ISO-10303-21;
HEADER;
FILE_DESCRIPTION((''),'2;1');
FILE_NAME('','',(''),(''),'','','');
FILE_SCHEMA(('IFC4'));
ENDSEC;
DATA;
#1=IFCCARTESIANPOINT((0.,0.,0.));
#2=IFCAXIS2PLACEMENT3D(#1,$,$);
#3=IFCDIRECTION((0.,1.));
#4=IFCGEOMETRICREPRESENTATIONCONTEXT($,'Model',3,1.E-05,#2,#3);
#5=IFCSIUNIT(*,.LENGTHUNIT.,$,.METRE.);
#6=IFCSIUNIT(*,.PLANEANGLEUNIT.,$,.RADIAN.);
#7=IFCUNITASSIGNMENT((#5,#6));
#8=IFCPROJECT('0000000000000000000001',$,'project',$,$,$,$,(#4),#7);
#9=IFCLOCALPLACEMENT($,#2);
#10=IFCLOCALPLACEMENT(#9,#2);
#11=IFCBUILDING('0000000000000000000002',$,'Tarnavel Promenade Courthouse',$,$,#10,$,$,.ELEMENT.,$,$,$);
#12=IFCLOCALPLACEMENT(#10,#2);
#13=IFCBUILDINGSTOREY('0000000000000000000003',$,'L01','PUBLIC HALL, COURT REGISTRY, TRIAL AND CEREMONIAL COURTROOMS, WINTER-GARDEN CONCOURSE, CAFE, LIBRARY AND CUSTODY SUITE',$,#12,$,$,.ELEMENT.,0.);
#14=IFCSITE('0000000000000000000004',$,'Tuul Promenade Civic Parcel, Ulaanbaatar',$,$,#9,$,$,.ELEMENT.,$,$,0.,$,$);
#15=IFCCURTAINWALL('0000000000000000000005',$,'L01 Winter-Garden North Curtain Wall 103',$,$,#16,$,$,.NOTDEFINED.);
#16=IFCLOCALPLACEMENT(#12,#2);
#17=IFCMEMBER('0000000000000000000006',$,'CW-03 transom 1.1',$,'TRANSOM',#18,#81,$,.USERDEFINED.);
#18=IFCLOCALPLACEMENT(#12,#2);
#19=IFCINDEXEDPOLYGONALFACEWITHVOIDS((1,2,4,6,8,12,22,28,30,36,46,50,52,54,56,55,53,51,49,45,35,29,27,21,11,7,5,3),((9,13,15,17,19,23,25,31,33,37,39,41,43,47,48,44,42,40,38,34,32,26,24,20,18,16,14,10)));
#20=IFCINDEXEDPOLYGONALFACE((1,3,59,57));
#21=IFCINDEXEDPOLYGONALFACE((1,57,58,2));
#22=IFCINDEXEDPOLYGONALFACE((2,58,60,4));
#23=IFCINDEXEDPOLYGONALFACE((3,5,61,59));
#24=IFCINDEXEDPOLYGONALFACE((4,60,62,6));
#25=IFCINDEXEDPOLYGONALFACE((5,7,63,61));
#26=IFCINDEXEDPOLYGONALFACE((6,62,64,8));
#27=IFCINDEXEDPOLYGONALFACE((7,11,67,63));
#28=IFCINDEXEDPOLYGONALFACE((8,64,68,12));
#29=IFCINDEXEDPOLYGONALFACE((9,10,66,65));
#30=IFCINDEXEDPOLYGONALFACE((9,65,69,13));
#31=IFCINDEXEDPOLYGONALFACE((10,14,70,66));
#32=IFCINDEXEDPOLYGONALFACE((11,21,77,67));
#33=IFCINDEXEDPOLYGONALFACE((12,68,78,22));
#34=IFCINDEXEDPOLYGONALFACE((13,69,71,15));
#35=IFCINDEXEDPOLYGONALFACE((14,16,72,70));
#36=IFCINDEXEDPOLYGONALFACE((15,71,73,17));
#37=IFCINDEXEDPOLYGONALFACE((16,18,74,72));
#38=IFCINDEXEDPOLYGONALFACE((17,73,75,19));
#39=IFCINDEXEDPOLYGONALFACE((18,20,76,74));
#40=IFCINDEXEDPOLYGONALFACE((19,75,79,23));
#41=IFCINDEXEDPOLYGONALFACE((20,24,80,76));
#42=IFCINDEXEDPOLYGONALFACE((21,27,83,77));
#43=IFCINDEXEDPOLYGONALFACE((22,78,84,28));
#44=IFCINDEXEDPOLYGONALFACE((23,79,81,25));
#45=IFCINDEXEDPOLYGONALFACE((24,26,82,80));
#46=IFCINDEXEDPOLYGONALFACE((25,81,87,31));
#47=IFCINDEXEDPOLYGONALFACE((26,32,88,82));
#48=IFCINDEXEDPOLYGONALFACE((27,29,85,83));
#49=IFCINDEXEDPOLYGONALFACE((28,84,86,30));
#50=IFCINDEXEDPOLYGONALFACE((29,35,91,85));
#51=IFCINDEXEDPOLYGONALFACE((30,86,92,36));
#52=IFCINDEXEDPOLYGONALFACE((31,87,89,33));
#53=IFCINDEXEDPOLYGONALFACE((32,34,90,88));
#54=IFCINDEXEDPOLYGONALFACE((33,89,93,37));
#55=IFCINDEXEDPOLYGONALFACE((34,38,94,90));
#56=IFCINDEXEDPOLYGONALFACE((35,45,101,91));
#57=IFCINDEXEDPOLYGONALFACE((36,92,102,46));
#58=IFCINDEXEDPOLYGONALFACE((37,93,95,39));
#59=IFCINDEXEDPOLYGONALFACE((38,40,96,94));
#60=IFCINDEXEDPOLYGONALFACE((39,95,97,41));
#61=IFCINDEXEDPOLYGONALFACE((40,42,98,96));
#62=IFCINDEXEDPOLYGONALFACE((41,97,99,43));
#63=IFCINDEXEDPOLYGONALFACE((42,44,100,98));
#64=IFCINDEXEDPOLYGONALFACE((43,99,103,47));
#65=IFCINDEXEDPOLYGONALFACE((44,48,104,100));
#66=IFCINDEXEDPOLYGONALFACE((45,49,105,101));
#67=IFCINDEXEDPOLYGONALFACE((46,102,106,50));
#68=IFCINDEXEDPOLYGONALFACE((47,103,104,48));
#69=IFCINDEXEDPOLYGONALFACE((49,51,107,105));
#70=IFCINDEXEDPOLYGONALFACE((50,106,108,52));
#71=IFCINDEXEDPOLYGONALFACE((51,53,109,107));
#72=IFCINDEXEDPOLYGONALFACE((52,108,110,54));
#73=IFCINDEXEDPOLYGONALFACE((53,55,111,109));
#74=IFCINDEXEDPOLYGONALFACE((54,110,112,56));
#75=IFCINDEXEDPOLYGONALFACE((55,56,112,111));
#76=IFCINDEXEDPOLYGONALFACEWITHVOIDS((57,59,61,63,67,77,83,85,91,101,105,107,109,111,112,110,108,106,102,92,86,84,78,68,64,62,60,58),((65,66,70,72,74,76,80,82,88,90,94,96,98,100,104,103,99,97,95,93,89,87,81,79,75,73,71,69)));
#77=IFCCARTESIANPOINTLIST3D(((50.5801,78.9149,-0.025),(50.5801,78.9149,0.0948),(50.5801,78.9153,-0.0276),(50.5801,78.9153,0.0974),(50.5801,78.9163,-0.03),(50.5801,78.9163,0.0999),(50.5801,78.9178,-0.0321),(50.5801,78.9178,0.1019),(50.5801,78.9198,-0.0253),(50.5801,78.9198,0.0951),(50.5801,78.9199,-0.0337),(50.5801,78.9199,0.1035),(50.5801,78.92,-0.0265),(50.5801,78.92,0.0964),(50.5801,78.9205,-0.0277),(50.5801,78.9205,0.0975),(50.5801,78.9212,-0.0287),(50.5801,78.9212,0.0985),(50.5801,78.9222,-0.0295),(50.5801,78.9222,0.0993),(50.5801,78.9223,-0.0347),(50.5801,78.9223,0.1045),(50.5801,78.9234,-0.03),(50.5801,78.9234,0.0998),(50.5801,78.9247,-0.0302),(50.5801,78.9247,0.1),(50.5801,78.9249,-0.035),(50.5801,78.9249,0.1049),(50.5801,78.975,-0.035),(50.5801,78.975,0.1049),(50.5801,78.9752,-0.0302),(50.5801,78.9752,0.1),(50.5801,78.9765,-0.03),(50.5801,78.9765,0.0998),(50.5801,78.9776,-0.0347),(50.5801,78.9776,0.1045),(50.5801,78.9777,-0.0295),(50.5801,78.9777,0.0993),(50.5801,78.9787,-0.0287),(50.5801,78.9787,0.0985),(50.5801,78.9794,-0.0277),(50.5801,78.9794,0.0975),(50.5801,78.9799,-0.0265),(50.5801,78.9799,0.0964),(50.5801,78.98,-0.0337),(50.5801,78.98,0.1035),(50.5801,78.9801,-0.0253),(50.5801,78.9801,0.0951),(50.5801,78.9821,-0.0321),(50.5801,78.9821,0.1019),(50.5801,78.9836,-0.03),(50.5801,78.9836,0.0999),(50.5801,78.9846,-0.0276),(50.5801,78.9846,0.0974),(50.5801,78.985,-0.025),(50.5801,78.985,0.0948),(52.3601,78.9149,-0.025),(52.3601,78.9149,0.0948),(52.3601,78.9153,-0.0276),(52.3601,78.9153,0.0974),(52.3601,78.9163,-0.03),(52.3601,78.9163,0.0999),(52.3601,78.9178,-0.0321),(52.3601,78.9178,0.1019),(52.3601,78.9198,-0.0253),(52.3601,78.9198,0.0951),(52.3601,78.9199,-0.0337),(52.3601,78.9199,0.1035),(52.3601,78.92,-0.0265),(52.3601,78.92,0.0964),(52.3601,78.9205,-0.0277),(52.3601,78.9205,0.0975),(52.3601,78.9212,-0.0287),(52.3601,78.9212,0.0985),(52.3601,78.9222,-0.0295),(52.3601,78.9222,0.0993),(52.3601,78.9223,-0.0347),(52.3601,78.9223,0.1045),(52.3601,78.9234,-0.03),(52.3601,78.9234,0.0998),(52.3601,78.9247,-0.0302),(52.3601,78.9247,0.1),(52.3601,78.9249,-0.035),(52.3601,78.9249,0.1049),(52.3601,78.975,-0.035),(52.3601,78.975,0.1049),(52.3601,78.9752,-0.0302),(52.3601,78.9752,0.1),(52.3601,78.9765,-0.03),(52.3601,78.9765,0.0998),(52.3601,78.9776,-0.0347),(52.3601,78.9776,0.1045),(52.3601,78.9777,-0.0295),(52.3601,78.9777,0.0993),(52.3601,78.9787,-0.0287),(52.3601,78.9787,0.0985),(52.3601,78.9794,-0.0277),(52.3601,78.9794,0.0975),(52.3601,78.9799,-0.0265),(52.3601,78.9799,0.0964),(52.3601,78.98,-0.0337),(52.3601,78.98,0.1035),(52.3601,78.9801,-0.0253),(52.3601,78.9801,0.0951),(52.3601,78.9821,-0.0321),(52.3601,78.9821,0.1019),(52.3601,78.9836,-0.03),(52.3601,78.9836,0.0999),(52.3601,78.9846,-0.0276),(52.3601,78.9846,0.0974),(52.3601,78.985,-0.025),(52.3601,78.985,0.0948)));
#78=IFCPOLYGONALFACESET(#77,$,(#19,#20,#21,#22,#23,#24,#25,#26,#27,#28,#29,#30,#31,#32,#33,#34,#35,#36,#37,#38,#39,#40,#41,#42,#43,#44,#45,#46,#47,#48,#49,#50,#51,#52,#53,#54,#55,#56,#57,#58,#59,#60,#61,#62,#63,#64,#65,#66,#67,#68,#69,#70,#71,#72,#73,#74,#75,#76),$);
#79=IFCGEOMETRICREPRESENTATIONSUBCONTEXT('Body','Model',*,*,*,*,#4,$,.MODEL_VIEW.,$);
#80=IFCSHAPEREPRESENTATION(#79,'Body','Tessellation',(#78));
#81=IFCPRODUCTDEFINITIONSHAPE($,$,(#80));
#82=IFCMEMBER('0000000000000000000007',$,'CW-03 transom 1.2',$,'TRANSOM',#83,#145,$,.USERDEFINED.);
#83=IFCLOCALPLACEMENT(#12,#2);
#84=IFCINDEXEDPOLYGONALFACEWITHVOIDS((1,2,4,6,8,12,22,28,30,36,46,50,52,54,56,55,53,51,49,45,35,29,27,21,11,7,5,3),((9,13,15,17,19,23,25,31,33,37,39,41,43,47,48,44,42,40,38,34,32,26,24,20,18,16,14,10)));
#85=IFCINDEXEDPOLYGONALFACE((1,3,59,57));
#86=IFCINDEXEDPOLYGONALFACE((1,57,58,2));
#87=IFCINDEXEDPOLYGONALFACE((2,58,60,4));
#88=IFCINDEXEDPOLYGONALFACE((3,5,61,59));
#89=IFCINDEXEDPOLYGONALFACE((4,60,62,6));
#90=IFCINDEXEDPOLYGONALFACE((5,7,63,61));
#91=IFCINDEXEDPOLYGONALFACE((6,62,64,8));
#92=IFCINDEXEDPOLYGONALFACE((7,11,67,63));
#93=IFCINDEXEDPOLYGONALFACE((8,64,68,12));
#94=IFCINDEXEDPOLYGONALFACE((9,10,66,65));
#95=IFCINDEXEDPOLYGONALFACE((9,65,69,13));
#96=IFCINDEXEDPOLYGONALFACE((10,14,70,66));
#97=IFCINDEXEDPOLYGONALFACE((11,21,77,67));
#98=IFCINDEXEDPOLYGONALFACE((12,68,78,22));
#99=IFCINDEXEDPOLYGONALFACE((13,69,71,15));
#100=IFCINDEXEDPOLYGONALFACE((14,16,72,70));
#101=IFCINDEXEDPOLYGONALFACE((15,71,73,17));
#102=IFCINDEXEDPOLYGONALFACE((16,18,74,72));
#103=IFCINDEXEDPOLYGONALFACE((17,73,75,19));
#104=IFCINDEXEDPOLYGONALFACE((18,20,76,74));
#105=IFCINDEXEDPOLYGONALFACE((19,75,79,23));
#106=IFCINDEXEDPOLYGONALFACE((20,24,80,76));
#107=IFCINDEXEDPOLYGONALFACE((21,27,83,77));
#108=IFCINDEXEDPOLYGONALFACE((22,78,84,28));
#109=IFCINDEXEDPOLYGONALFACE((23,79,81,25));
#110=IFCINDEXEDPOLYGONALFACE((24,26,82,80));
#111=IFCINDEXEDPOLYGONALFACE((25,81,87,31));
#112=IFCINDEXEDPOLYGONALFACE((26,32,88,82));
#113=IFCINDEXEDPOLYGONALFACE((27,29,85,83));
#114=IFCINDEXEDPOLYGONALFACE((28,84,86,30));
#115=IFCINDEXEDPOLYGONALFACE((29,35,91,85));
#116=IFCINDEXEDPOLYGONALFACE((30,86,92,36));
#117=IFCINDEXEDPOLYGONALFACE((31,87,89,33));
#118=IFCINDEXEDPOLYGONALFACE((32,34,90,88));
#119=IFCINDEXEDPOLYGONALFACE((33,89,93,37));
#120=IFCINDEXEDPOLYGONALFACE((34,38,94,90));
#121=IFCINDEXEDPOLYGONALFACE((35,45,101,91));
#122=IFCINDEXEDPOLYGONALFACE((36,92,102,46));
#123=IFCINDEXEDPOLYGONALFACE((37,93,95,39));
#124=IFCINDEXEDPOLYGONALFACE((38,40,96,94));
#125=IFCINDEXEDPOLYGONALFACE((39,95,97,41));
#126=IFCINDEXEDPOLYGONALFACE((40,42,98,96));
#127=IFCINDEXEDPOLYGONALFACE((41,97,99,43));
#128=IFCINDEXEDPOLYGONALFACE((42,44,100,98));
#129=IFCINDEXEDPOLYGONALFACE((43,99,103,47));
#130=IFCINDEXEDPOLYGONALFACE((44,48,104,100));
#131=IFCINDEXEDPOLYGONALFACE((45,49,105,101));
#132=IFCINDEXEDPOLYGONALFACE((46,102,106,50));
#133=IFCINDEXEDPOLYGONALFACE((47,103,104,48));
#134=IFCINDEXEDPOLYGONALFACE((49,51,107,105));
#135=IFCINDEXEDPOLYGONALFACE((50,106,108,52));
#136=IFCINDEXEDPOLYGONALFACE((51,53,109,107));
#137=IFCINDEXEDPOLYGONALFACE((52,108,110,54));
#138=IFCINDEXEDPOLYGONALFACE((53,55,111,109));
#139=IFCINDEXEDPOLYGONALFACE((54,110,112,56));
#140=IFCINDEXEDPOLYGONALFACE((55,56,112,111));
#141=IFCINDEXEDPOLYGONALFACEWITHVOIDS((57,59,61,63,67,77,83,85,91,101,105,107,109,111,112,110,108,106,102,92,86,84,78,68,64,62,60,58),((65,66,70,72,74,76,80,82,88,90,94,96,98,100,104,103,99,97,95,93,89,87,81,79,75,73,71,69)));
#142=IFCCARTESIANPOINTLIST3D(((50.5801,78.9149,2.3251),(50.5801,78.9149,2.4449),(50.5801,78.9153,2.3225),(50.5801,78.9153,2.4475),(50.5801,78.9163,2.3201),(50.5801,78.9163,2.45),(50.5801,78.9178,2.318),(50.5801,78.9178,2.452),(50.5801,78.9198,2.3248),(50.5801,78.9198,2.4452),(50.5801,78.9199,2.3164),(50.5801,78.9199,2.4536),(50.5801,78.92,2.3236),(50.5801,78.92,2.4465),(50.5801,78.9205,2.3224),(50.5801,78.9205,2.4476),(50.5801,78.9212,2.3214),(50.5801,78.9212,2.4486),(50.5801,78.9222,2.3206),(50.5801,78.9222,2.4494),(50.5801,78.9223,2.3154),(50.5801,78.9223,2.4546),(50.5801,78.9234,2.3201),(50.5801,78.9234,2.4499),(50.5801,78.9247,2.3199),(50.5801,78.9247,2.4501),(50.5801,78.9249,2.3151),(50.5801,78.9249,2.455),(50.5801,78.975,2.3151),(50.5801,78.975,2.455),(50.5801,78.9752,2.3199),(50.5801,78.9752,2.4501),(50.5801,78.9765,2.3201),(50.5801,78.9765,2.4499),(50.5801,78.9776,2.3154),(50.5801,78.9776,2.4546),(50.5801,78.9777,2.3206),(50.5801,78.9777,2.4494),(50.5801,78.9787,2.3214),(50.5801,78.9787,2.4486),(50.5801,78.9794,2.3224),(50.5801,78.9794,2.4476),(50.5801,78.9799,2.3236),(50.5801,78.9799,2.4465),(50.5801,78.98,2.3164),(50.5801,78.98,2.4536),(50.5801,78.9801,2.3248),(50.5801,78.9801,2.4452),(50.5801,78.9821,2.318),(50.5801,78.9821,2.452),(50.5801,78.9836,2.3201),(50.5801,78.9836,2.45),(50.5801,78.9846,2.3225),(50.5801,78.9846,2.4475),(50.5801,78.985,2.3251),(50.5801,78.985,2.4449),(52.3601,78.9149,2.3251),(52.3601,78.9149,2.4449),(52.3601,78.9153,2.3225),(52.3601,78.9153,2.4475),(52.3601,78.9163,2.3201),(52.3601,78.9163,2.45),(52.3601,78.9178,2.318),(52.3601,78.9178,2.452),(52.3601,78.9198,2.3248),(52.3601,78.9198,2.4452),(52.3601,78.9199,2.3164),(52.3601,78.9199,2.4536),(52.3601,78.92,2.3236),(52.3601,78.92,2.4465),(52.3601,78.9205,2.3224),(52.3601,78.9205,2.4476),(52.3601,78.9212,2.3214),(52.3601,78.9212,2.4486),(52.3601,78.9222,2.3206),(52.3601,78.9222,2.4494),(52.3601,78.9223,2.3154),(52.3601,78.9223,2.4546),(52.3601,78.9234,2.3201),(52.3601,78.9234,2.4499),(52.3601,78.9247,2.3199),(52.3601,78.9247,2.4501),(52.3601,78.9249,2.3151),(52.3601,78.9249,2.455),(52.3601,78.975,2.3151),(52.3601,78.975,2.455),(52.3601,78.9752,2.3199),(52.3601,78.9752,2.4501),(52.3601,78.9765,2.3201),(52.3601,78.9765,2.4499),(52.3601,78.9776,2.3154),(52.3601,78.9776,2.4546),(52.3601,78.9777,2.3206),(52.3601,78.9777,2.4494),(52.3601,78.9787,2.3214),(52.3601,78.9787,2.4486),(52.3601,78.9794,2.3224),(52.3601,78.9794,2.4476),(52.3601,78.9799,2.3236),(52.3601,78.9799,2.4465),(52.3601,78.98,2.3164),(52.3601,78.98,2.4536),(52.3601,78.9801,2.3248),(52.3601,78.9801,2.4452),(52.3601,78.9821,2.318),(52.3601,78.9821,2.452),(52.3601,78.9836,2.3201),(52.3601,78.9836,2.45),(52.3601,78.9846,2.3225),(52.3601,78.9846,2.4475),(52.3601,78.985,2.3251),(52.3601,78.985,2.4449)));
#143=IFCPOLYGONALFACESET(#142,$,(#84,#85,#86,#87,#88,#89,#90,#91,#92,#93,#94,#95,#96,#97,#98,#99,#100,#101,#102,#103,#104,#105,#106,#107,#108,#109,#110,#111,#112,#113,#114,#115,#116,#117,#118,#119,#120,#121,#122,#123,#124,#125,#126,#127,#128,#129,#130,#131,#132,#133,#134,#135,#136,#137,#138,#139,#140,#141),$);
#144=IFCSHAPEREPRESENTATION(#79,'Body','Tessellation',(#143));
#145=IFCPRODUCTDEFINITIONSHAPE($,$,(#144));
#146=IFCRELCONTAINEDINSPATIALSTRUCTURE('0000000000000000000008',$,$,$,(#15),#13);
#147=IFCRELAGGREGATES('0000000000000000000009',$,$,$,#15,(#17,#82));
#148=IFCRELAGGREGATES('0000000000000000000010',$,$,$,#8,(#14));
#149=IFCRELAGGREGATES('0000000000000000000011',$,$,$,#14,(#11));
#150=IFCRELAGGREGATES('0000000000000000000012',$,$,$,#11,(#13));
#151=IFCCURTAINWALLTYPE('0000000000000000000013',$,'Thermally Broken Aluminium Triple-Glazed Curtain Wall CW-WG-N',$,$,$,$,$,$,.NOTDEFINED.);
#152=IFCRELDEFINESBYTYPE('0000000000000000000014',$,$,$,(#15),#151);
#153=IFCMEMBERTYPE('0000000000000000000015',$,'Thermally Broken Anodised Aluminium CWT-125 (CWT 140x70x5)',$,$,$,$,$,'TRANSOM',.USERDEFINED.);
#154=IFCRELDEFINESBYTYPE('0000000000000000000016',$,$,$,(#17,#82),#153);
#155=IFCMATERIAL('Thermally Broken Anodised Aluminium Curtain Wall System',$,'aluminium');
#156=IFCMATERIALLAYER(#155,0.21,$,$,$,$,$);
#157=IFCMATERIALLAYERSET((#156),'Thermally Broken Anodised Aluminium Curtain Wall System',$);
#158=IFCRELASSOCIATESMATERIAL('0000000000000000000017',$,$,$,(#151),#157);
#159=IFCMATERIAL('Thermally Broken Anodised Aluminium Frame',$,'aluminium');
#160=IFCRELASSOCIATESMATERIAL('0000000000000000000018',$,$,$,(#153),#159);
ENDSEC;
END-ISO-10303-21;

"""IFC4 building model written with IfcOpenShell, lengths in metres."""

from ifc_helpers import new_model, si_unit, direction, frame, origin, origin_2d, place, context, subcontext, project, spatial, hollow_rectangle, extrude, material, layer, layer_set, material_profile, profile_set, type_object, element, aggregate, save


model = new_model("IFC4")

# Units and contexts
model_context = context("Model", 3, precision=1e-05, world=origin(), true_north=direction((0.0, 1.0)))
body_context = subcontext(model_context, "Body", "Model", "MODEL_VIEW")
ifc_project = project(units=[si_unit("LENGTHUNIT", "METRE"), si_unit("PLANEANGLEUNIT", "RADIAN")], contexts=[model_context])

# Site, building, storey
site_placement = place(None, origin())
site = spatial("IfcSite", under=ifc_project, at=site_placement, Name="Tuul Promenade Civic Parcel, Ulaanbaatar", CompositionType="ELEMENT", RefElevation=0.0)
building_placement = place(site_placement, origin())
building = spatial("IfcBuilding", under=site, at=building_placement, Name="Tarnavel Promenade Courthouse", CompositionType="ELEMENT")
storey_placement = place(building_placement, origin())
storey = spatial("IfcBuildingStorey", under=building, at=storey_placement, Name="L01", Description="PUBLIC HALL, COURT REGISTRY, TRIAL AND CEREMONIAL COURTROOMS, WINTER-GARDEN CONCOURSE, CAFE, LIBRARY AND CUSTODY SUITE", CompositionType="ELEMENT", Elevation=0.0)

# Shared definitions
ifc_material_1 = material(Name="Thermally Broken Anodised Aluminium Curtain Wall System", Category="aluminium")
ifc_layer_1 = layer(ifc_material_1, 0.21)
ifc_layer_set_1 = layer_set([ifc_layer_1], Name="Thermally Broken Anodised Aluminium Curtain Wall System")
curtain_wall_type = type_object("IfcCurtainWallType", Name="Thermally Broken Aluminium Triple-Glazed Curtain Wall CW-WG-N", PredefinedType="NOTDEFINED", material=ifc_layer_set_1)
ifc_material_2 = material(Name="Thermally Broken Anodised Aluminium Frame", Category="aluminium")

# Curtain wall
curtain_wall_1_placement = place(storey_placement, origin())
curtain_wall_1 = element("IfcCurtainWall", 1, at=curtain_wall_1_placement, inside=storey, type_object=curtain_wall_type, Name="L01 Winter-Garden North Curtain Wall 103", PredefinedType="NOTDEFINED")

# Members
ifc_material_profile_1 = material_profile(ifc_material_2, hollow_rectangle(XDim=0.0701, YDim=0.1399, WallThickness=0.0049, InnerFilletRadius=0.0049, OuterFilletRadius=0.01, at=origin_2d()), Name="CWT 140x70x5")
ifc_profile_set_1 = profile_set([ifc_material_profile_1], Name="Thermally Broken Anodised Aluminium Frame")
member_type_1 = type_object("IfcMemberType", Name="Thermally Broken Anodised Aluminium CWT-125 (CWT 140x70x5)", ElementType="TRANSOM", PredefinedType="USERDEFINED", material=ifc_profile_set_1)
member_1_placement = place(storey_placement, frame((50.5801, 78.95, 0.0349), z_axis=(1.0, 0.0, 0.0), x_axis=(0.0, 1.0, 0.0)))
member_1 = element("IfcMember", 2, at=member_1_placement, type_object=member_type_1, Name="CW-03 transom 1.1", ObjectType="TRANSOM", PredefinedType="USERDEFINED", context=body_context, shape_type="SweptSolid", body=[
    extrude(hollow_rectangle(XDim=0.0701, YDim=0.1399, WallThickness=0.0049, InnerFilletRadius=0.0049, OuterFilletRadius=0.01, at=origin_2d()), origin(), (0.0, 0.0, 1.0), 1.78),
])
member_2_placement = place(storey_placement, frame((50.5801, 78.95, 2.385), z_axis=(1.0, 0.0, 0.0), x_axis=(0.0, 1.0, 0.0)))
member_2 = element("IfcMember", 3, at=member_2_placement, type_object=member_type_1, Name="CW-03 transom 1.2", ObjectType="TRANSOM", PredefinedType="USERDEFINED", context=body_context, shape_type="SweptSolid", body=[
    extrude(hollow_rectangle(XDim=0.0701, YDim=0.1399, WallThickness=0.0049, InnerFilletRadius=0.0049, OuterFilletRadius=0.01, at=origin_2d()), origin(), (0.0, 0.0, 1.0), 1.78),
])

aggregate(curtain_wall_1, [member_1, member_2])

save(model, "model.ifc")
